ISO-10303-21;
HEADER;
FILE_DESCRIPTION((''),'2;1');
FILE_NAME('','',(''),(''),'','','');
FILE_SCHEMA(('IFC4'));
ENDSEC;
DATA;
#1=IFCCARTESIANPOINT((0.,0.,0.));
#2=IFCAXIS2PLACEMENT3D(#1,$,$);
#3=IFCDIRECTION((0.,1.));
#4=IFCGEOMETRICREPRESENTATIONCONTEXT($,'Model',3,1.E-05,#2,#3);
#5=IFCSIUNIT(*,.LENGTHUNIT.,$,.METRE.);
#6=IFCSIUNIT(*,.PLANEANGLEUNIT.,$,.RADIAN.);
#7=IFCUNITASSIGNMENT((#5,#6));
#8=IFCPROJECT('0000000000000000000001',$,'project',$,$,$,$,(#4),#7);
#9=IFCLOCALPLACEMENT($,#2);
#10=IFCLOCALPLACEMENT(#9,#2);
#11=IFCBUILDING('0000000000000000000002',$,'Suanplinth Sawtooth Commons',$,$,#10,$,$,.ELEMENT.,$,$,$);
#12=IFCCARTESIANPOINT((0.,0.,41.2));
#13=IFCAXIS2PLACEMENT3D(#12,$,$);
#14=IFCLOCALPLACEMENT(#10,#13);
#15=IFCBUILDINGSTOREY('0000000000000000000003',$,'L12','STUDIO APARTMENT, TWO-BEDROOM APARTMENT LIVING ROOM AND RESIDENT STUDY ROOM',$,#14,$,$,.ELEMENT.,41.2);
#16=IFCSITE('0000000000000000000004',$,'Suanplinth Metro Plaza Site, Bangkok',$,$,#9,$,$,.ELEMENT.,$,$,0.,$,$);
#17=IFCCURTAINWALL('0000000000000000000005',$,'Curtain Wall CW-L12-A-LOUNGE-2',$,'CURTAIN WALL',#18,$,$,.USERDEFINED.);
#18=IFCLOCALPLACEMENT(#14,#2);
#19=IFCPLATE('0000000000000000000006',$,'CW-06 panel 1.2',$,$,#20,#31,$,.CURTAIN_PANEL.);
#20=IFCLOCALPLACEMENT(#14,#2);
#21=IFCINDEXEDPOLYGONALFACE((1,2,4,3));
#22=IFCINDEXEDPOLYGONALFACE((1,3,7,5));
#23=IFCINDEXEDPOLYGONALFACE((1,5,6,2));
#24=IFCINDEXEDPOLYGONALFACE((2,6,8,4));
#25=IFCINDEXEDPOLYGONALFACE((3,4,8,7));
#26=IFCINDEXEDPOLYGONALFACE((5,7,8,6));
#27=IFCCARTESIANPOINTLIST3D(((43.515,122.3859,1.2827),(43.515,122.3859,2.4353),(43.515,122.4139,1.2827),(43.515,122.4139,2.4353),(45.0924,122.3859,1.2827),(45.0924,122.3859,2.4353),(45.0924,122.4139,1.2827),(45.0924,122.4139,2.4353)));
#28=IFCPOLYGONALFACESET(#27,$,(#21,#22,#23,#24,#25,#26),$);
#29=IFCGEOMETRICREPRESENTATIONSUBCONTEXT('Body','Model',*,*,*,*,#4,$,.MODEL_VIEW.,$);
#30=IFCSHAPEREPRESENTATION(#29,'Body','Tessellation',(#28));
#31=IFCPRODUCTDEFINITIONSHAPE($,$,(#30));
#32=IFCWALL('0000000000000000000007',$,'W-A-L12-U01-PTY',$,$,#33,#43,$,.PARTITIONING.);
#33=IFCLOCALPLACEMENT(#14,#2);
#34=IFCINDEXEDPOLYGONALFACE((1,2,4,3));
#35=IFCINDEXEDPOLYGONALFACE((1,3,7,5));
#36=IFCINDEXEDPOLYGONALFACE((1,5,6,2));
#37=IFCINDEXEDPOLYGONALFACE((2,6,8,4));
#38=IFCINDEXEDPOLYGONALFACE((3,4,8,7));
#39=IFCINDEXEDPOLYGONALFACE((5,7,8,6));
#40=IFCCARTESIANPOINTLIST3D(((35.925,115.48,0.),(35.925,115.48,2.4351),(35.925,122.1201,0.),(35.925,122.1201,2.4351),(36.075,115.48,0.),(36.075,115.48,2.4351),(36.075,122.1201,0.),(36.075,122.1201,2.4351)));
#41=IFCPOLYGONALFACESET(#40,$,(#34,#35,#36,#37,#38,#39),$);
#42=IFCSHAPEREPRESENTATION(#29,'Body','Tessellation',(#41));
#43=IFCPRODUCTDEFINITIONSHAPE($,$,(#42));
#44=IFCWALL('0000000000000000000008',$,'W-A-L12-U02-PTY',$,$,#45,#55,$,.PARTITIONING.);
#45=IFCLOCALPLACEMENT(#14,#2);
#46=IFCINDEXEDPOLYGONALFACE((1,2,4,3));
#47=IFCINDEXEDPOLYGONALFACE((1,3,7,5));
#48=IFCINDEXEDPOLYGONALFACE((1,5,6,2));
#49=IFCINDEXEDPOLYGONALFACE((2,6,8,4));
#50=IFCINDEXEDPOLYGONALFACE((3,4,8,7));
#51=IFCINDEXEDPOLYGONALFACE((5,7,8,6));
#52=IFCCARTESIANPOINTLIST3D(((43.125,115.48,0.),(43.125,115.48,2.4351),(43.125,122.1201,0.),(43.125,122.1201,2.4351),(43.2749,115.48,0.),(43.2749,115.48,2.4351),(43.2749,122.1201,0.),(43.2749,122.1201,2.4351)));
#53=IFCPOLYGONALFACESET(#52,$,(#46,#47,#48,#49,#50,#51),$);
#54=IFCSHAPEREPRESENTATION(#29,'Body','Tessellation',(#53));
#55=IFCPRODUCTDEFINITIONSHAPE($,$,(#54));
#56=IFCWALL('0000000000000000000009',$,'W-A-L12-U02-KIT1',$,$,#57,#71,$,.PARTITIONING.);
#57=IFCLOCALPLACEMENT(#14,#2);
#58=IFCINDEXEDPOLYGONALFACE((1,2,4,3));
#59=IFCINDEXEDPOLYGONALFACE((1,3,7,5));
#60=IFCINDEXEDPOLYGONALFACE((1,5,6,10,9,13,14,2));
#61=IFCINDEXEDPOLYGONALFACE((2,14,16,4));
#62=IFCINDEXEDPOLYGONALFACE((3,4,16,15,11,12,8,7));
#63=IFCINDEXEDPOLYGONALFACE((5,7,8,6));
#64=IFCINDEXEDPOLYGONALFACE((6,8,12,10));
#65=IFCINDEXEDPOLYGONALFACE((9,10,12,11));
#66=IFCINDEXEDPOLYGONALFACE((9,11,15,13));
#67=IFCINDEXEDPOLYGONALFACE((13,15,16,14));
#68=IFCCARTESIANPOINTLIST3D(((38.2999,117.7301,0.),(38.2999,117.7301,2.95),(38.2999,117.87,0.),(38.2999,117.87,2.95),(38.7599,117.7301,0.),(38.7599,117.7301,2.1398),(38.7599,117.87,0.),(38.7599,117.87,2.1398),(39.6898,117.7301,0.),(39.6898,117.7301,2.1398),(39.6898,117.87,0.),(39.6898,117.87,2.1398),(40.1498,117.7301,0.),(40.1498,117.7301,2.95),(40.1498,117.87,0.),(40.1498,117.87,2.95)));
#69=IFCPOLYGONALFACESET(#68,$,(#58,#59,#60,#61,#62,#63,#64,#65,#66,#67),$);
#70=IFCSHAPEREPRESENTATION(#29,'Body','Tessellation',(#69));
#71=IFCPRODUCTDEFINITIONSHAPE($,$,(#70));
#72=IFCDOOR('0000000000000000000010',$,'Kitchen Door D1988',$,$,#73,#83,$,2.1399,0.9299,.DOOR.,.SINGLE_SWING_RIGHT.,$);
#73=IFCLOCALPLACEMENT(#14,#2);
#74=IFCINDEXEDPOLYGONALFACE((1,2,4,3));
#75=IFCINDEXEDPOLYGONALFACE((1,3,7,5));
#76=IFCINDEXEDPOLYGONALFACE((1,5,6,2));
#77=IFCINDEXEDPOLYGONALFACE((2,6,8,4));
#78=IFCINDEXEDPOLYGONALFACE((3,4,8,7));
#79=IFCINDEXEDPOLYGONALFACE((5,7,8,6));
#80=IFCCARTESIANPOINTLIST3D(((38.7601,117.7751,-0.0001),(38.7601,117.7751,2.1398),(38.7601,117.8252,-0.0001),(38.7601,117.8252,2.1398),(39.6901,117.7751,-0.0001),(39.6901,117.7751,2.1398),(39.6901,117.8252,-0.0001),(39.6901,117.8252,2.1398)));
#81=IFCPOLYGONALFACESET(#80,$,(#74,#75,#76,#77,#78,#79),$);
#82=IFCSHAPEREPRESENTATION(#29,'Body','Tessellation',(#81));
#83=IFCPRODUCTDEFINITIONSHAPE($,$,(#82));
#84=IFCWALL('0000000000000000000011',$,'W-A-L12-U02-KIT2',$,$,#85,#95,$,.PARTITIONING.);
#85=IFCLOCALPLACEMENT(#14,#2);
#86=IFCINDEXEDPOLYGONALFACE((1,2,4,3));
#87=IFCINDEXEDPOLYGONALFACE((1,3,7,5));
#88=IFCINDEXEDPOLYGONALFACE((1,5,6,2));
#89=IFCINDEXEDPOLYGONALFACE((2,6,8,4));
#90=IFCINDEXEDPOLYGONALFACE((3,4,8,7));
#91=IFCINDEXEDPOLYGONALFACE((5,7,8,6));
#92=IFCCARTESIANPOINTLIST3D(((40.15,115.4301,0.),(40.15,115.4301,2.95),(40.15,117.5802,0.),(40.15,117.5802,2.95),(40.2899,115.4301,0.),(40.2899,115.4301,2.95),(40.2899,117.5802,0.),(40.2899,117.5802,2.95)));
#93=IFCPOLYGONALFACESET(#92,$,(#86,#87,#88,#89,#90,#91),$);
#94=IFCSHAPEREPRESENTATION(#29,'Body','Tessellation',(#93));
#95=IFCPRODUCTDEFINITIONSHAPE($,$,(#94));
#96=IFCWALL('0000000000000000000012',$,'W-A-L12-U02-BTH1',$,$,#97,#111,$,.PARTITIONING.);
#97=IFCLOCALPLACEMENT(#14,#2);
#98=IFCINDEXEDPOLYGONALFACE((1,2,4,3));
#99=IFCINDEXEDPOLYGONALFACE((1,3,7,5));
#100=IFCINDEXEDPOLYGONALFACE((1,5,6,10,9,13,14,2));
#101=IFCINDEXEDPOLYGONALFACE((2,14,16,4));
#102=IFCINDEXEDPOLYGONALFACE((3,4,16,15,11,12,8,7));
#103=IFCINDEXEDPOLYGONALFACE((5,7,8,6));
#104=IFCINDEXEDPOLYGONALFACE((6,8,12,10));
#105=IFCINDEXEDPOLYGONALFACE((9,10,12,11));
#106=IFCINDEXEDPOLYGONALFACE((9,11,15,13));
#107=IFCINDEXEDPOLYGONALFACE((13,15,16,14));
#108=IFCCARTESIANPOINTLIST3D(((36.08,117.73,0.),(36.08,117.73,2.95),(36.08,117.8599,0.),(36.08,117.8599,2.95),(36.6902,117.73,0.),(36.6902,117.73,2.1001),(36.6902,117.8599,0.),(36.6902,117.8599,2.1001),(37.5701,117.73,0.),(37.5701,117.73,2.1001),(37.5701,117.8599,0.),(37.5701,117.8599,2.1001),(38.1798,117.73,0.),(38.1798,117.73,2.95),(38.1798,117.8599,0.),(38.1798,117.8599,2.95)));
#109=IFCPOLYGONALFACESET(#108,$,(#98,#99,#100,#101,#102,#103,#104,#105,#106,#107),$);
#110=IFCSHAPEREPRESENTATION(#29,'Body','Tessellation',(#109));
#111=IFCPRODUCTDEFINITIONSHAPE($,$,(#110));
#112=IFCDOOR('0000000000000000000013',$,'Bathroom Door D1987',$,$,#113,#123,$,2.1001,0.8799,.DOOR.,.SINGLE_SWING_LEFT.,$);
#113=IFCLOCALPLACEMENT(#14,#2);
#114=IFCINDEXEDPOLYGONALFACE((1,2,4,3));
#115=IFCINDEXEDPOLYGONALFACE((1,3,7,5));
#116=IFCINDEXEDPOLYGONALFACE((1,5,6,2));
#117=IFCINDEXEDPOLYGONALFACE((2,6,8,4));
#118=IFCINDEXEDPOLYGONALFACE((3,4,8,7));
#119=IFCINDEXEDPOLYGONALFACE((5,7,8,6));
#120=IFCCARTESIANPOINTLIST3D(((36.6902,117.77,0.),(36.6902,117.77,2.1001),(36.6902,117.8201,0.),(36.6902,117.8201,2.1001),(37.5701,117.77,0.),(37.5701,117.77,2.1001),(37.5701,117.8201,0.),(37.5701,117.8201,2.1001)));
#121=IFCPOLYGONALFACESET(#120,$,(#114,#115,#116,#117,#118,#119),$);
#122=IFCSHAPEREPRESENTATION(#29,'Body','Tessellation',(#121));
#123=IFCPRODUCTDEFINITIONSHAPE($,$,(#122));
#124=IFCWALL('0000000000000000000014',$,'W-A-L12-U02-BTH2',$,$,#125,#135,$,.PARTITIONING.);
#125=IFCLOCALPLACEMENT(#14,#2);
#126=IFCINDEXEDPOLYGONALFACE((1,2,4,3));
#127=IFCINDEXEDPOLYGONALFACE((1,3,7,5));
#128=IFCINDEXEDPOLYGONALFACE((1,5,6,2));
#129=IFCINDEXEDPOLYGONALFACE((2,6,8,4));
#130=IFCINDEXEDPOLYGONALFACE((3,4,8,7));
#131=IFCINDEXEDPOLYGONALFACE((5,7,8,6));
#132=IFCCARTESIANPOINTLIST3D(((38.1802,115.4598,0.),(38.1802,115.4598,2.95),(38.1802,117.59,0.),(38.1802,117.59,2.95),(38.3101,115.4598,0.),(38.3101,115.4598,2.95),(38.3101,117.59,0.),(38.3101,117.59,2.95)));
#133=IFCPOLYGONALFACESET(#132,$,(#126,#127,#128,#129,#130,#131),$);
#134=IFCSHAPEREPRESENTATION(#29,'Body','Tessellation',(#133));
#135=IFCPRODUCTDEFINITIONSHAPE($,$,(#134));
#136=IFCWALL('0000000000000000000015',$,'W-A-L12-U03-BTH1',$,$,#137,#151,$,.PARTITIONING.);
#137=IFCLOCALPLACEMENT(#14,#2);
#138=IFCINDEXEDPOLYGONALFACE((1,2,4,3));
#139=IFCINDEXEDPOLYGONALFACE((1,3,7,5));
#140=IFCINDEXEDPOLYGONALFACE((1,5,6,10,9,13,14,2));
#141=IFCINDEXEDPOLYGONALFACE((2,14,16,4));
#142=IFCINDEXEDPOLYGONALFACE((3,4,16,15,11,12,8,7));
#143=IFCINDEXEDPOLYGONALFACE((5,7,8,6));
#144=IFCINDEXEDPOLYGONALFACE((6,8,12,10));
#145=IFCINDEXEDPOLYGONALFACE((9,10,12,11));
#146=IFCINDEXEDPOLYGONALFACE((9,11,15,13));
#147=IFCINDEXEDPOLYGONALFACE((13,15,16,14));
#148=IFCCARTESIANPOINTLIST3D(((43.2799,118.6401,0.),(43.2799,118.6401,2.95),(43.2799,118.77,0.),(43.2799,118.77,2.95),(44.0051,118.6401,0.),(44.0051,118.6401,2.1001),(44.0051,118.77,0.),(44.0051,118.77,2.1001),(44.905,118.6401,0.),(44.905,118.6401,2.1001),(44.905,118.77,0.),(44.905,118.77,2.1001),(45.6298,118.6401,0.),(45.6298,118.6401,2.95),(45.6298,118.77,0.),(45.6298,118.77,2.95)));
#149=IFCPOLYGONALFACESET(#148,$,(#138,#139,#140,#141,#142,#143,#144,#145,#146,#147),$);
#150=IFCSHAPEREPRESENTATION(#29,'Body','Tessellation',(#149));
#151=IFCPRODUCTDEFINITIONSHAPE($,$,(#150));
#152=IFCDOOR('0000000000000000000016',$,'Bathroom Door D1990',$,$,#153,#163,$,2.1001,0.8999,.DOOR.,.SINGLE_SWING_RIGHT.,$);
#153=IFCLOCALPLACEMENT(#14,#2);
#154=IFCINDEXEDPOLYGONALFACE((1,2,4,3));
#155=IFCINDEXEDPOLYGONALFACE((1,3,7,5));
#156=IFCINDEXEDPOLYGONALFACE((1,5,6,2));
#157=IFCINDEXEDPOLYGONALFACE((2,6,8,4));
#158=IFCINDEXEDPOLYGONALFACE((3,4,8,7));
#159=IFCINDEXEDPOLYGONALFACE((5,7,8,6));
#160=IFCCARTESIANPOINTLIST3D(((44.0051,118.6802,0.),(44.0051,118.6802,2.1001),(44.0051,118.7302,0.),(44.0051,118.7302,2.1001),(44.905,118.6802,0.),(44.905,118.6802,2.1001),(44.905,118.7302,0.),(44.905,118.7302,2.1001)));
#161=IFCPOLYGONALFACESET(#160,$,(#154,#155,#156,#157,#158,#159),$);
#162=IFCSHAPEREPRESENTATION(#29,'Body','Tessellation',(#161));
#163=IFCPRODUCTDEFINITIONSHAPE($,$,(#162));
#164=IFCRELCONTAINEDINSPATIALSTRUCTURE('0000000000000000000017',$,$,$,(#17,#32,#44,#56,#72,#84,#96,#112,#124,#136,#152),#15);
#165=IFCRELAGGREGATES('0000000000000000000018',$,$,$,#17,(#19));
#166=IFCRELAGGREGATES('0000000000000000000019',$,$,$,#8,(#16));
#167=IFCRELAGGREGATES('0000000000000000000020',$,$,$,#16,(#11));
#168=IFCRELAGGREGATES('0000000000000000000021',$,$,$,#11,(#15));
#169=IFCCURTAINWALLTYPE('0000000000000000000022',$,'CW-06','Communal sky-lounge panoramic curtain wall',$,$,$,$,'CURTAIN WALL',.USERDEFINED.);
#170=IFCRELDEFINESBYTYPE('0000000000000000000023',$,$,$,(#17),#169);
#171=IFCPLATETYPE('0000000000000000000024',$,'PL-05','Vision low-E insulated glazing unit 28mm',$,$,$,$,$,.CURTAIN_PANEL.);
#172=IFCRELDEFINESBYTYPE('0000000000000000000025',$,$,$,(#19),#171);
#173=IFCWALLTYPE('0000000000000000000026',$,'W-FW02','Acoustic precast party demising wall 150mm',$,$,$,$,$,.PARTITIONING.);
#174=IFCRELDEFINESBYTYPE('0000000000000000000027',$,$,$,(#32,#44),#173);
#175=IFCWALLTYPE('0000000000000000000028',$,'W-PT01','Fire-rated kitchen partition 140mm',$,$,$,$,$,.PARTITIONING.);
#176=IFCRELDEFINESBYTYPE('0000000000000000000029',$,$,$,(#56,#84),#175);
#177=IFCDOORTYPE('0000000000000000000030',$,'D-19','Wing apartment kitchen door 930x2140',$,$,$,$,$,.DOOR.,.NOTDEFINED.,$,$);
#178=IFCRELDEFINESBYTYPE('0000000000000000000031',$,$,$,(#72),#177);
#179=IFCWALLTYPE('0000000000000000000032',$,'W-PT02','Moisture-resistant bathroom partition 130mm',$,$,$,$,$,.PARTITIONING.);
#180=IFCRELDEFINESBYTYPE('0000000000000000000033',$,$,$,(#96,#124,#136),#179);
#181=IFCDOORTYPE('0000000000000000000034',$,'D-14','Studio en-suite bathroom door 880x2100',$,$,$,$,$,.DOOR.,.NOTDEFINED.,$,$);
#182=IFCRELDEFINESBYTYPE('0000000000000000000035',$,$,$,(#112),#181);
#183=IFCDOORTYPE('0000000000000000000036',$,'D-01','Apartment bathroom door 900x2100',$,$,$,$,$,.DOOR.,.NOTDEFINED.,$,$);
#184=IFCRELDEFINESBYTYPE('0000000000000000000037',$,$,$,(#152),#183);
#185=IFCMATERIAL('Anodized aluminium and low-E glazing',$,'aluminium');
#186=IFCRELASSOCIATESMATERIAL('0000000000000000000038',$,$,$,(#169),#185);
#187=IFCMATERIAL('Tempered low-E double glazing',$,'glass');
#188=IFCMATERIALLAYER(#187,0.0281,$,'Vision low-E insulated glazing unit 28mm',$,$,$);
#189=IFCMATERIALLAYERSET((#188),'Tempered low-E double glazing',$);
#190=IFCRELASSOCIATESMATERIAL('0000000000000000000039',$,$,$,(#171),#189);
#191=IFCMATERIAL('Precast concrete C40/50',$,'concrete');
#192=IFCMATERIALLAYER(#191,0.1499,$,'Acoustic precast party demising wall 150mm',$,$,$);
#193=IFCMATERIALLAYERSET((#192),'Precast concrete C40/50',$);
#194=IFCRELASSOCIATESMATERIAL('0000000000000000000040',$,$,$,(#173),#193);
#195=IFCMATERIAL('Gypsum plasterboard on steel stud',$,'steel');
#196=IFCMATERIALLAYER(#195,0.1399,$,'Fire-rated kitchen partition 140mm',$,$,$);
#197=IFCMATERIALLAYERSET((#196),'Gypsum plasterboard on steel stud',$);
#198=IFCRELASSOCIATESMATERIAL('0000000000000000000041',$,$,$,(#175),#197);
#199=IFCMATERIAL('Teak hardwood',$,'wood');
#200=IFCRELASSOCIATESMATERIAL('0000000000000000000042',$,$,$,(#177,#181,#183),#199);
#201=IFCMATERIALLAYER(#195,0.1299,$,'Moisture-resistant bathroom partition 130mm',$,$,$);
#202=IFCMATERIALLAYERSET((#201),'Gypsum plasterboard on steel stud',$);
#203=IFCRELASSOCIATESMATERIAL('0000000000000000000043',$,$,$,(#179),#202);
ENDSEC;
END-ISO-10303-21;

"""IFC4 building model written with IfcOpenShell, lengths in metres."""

from ifc_helpers import new_model, si_unit, direction, frame, frame_2d, origin, origin_2d, place, context, subcontext, project, spatial, rectangle, extrude, material, layer, layer_set, type_object, element, fill, aggregate, save


model = new_model("IFC4")

# Units and contexts
model_context = context("Model", 3, precision=1e-05, world=origin(), true_north=direction((0.0, 1.0)))
body_context = subcontext(model_context, "Body", "Model", "MODEL_VIEW")
ifc_project = project(units=[si_unit("LENGTHUNIT", "METRE"), si_unit("PLANEANGLEUNIT", "RADIAN")], contexts=[model_context])

# Site, building, storey
site_placement = place(None, origin())
site = spatial("IfcSite", under=ifc_project, at=site_placement, Name="Suanplinth Metro Plaza Site, Bangkok", CompositionType="ELEMENT", RefElevation=0.0)
building_placement = place(site_placement, origin())
building = spatial("IfcBuilding", under=site, at=building_placement, Name="Suanplinth Sawtooth Commons", CompositionType="ELEMENT")
storey_placement = place(building_placement, frame((0.0, 0.0, 41.2)))
storey = spatial("IfcBuildingStorey", under=building, at=storey_placement, Name="L12", Description="STUDIO APARTMENT, TWO-BEDROOM APARTMENT LIVING ROOM AND RESIDENT STUDY ROOM", CompositionType="ELEMENT", Elevation=41.2)

# Shared definitions
ifc_material_1 = material(Name="Precast concrete C40/50", Category="concrete")

# Curtain wall, plate
ifc_material_2 = material(Name="Anodized aluminium and low-E glazing", Category="aluminium")
curtain_wall_type = type_object("IfcCurtainWallType", Name="CW-06", Description="Communal sky-lounge panoramic curtain wall", ElementType="CURTAIN WALL", PredefinedType="USERDEFINED", material=ifc_material_2)
curtain_wall_placement = place(storey_placement, origin())
curtain_wall = element("IfcCurtainWall", 1, at=curtain_wall_placement, inside=storey, type_object=curtain_wall_type, Name="Curtain Wall CW-L12-A-LOUNGE-2", ObjectType="CURTAIN WALL", PredefinedType="USERDEFINED")
ifc_material_3 = material(Name="Tempered low-E double glazing", Category="glass")
ifc_layer_1 = layer(ifc_material_3, 0.0281, Name="Vision low-E insulated glazing unit 28mm")
ifc_layer_set_1 = layer_set([ifc_layer_1], Name="Tempered low-E double glazing")
plate_type = type_object("IfcPlateType", Name="PL-05", Description="Vision low-E insulated glazing unit 28mm", PredefinedType="CURTAIN_PANEL", material=ifc_layer_set_1)
plate_1_placement = place(storey_placement, frame((44.3037, 122.3999, 1.2827), z_axis=(0.0, 0.0, 1.0), x_axis=(1.0, 0.0, 0.0)))
plate_1 = element("IfcPlate", 2, at=plate_1_placement, type_object=plate_type, Name="CW-06 panel 1.2", PredefinedType="CURTAIN_PANEL", context=body_context, shape_type="SweptSolid", body=[
    extrude(rectangle(XDim=1.5774, YDim=0.0281, at=origin_2d()), origin(), (0.0, 0.0, 1.0), 1.1526),
])
aggregate(curtain_wall, [plate_1])

# Walls
ifc_layer_2 = layer(ifc_material_1, 0.1499, Name="Acoustic precast party demising wall 150mm")
ifc_layer_set_2 = layer_set([ifc_layer_2], Name="Precast concrete C40/50")
wall_type_1 = type_object("IfcWallType", Name="W-FW02", Description="Acoustic precast party demising wall 150mm", PredefinedType="PARTITIONING", material=ifc_layer_set_2)
for number, where, z_axis, x_axis, name in (
    (3, (36.0, 115.48, 0.0), (0.0, 0.0, 1.0), (0.0, 1.0, 0.0), "W-A-L12-U01-PTY"),
    (4, (43.2, 115.48, 0.0), (0.0, 0.0, 1.0), (0.0, 1.0, 0.0), "W-A-L12-U02-PTY"),
):
    element("IfcWall", number, at=place(storey_placement, frame(where, z_axis=z_axis, x_axis=x_axis)), inside=storey, type_object=wall_type_1, Name=name, PredefinedType="PARTITIONING", context=body_context, shape_type="SweptSolid", body=[
        extrude(rectangle(XDim=6.6401, YDim=0.1499, at=frame_2d((3.3201, 0.0))), origin(), (0.0, 0.0, 1.0), 2.4351),
    ])

# Wall, opening, door
ifc_material_4 = material(Name="Gypsum plasterboard on steel stud", Category="steel")
ifc_layer_3 = layer(ifc_material_4, 0.1399, Name="Fire-rated kitchen partition 140mm")
ifc_layer_set_3 = layer_set([ifc_layer_3], Name="Gypsum plasterboard on steel stud")
wall_type_2 = type_object("IfcWallType", Name="W-PT01", Description="Fire-rated kitchen partition 140mm", PredefinedType="PARTITIONING", material=ifc_layer_set_3)
wall_1_placement = place(storey_placement, frame((38.3, 117.8, 0.0), z_axis=(0.0, 0.0, 1.0), x_axis=(1.0, 0.0, 0.0)))
wall_1 = element("IfcWall", 5, at=wall_1_placement, inside=storey, type_object=wall_type_2, Name="W-A-L12-U02-KIT1", PredefinedType="PARTITIONING", context=body_context, shape_type="SweptSolid", body=[
    extrude(rectangle(XDim=1.8499, YDim=0.1399, at=frame_2d((0.9248, 0.0))), origin(), (0.0, 0.0, 1.0), 2.95),
])
opening_1_placement = place(wall_1_placement, frame((0.46, 0.0, 0.0)))
opening_1 = element("IfcOpeningElement", 6, at=opening_1_placement, cuts=wall_1, PredefinedType="OPENING", context=body_context, shape_type="SweptSolid", body=[
    extrude(rectangle(XDim=0.9299, YDim=2.1399, at=frame_2d((0.4648, 1.0698))), frame((0.0, 0.085, 0.0), z_axis=(0.0, -1.0, 0.0), x_axis=(1.0, 0.0, 0.0)), (0.0, 0.0, 1.0), 0.1697),
])
ifc_material_5 = material(Name="Teak hardwood", Category="wood")
door_type_1 = type_object("IfcDoorType", Name="D-19", Description="Wing apartment kitchen door 930x2140", OperationType="NOTDEFINED", PredefinedType="DOOR", material=ifc_material_5)
door_1_placement = place(opening_1_placement, frame((0.9299, 0.0, 0.0), z_axis=(0.0, 0.0, 1.0), x_axis=(-1.0, 0.0, 0.0)))
door_1 = element("IfcDoor", 7, at=door_1_placement, inside=storey, type_object=door_type_1, Name="Kitchen Door D1988", OperationType="SINGLE_SWING_RIGHT", OverallHeight=2.1399, OverallWidth=0.9299, PredefinedType="DOOR", context=body_context, shape_type="SweptSolid", body=[
    extrude(rectangle(XDim=0.9299, YDim=2.1399, at=frame_2d((0.4648, 1.0698))), frame((0.0, 0.0249, 0.0), z_axis=(0.0, -1.0, 0.0), x_axis=(1.0, 0.0, 0.0)), (0.0, 0.0, 1.0), 0.05),
])
fill(opening_1, door_1)

# Wall
wall_2_placement = place(storey_placement, frame((40.22, 115.4299, 0.0), z_axis=(0.0, 0.0, 1.0), x_axis=(0.0, 1.0, 0.0)))
element("IfcWall", 8, at=wall_2_placement, inside=storey, type_object=wall_type_2, Name="W-A-L12-U02-KIT2", PredefinedType="PARTITIONING", context=body_context, shape_type="SweptSolid", body=[
    extrude(rectangle(XDim=2.1501, YDim=0.1399, at=frame_2d((1.0752, 0.0))), origin(), (0.0, 0.0, 1.0), 2.95),
])

# Wall, opening, door
ifc_layer_4 = layer(ifc_material_4, 0.1299, Name="Moisture-resistant bathroom partition 130mm")
ifc_layer_set_4 = layer_set([ifc_layer_4], Name="Gypsum plasterboard on steel stud")
wall_type_3 = type_object("IfcWallType", Name="W-PT02", Description="Moisture-resistant bathroom partition 130mm", PredefinedType="PARTITIONING", material=ifc_layer_set_4)
wall_3_placement = place(storey_placement, frame((36.0801, 117.7949, 0.0), z_axis=(0.0, 0.0, 1.0), x_axis=(1.0, 0.0, 0.0)))
wall_3 = element("IfcWall", 9, at=wall_3_placement, inside=storey, type_object=wall_type_3, Name="W-A-L12-U02-BTH1", PredefinedType="PARTITIONING", context=body_context, shape_type="SweptSolid", body=[
    extrude(rectangle(XDim=2.0999, YDim=0.1299, at=frame_2d((1.0498, 0.0))), origin(), (0.0, 0.0, 1.0), 2.95),
])
opening_2_placement = place(wall_3_placement, frame((0.6101, 0.0, 0.0)))
opening_2 = element("IfcOpeningElement", 10, at=opening_2_placement, cuts=wall_3, PredefinedType="OPENING", context=body_context, shape_type="SweptSolid", body=[
    extrude(rectangle(XDim=0.8799, YDim=2.1001, at=frame_2d((0.4399, 1.05))), frame((0.0, 0.0798, 0.0), z_axis=(0.0, -1.0, 0.0), x_axis=(1.0, 0.0, 0.0)), (0.0, 0.0, 1.0), 0.1597),
])
door_type_2 = type_object("IfcDoorType", Name="D-14", Description="Studio en-suite bathroom door 880x2100", OperationType="NOTDEFINED", PredefinedType="DOOR", material=ifc_material_5)
door_2_placement = place(opening_2_placement, frame((0.8799, 0.0, 0.0), z_axis=(0.0, 0.0, 1.0), x_axis=(-1.0, 0.0, 0.0)))
door_2 = element("IfcDoor", 11, at=door_2_placement, inside=storey, type_object=door_type_2, Name="Bathroom Door D1987", OperationType="SINGLE_SWING_LEFT", OverallHeight=2.1001, OverallWidth=0.8799, PredefinedType="DOOR", context=body_context, shape_type="SweptSolid", body=[
    extrude(rectangle(XDim=0.8799, YDim=2.1001, at=frame_2d((0.4399, 1.05))), frame((0.0, 0.0249, 0.0), z_axis=(0.0, -1.0, 0.0), x_axis=(1.0, 0.0, 0.0)), (0.0, 0.0, 1.0), 0.05),
])
fill(opening_2, door_2)

# Wall
wall_4_placement = place(storey_placement, frame((38.2451, 115.46, 0.0), z_axis=(0.0, 0.0, 1.0), x_axis=(0.0, 1.0, 0.0)))
element("IfcWall", 12, at=wall_4_placement, inside=storey, type_object=wall_type_3, Name="W-A-L12-U02-BTH2", PredefinedType="PARTITIONING", context=body_context, shape_type="SweptSolid", body=[
    extrude(rectangle(XDim=2.1301, YDim=0.1299, at=frame_2d((1.0649, 0.0))), origin(), (0.0, 0.0, 1.0), 2.95),
])

# Wall, opening, door
wall_5_placement = place(storey_placement, frame((43.28, 118.7051, 0.0), z_axis=(0.0, 0.0, 1.0), x_axis=(1.0, 0.0, 0.0)))
wall_5 = element("IfcWall", 13, at=wall_5_placement, inside=storey, type_object=wall_type_3, Name="W-A-L12-U03-BTH1", PredefinedType="PARTITIONING", context=body_context, shape_type="SweptSolid", body=[
    extrude(rectangle(XDim=2.3499, YDim=0.1299, at=frame_2d((1.1748, 0.0))), origin(), (0.0, 0.0, 1.0), 2.95),
])
opening_3_placement = place(wall_5_placement, frame((0.7251, 0.0, 0.0)))
opening_3 = element("IfcOpeningElement", 14, at=opening_3_placement, cuts=wall_5, PredefinedType="OPENING", context=body_context, shape_type="SweptSolid", body=[
    extrude(rectangle(XDim=0.8999, YDim=2.1001, at=frame_2d((0.45, 1.05))), frame((0.0, 0.0798, 0.0), z_axis=(0.0, -1.0, 0.0), x_axis=(1.0, 0.0, 0.0)), (0.0, 0.0, 1.0), 0.1597),
])
door_type_3 = type_object("IfcDoorType", Name="D-01", Description="Apartment bathroom door 900x2100", OperationType="NOTDEFINED", PredefinedType="DOOR", material=ifc_material_5)
door_3_placement = place(opening_3_placement, frame((0.8999, 0.0, 0.0), z_axis=(0.0, 0.0, 1.0), x_axis=(-1.0, 0.0, 0.0)))
door_3 = element("IfcDoor", 15, at=door_3_placement, inside=storey, type_object=door_type_3, Name="Bathroom Door D1990", OperationType="SINGLE_SWING_RIGHT", OverallHeight=2.1001, OverallWidth=0.8999, PredefinedType="DOOR", context=body_context, shape_type="SweptSolid", body=[
    extrude(rectangle(XDim=0.8999, YDim=2.1001, at=frame_2d((0.45, 1.05))), frame((0.0, 0.0249, 0.0), z_axis=(0.0, -1.0, 0.0), x_axis=(1.0, 0.0, 0.0)), (0.0, 0.0, 1.0), 0.05),
])
fill(opening_3, door_3)

save(model, "model.ifc")
